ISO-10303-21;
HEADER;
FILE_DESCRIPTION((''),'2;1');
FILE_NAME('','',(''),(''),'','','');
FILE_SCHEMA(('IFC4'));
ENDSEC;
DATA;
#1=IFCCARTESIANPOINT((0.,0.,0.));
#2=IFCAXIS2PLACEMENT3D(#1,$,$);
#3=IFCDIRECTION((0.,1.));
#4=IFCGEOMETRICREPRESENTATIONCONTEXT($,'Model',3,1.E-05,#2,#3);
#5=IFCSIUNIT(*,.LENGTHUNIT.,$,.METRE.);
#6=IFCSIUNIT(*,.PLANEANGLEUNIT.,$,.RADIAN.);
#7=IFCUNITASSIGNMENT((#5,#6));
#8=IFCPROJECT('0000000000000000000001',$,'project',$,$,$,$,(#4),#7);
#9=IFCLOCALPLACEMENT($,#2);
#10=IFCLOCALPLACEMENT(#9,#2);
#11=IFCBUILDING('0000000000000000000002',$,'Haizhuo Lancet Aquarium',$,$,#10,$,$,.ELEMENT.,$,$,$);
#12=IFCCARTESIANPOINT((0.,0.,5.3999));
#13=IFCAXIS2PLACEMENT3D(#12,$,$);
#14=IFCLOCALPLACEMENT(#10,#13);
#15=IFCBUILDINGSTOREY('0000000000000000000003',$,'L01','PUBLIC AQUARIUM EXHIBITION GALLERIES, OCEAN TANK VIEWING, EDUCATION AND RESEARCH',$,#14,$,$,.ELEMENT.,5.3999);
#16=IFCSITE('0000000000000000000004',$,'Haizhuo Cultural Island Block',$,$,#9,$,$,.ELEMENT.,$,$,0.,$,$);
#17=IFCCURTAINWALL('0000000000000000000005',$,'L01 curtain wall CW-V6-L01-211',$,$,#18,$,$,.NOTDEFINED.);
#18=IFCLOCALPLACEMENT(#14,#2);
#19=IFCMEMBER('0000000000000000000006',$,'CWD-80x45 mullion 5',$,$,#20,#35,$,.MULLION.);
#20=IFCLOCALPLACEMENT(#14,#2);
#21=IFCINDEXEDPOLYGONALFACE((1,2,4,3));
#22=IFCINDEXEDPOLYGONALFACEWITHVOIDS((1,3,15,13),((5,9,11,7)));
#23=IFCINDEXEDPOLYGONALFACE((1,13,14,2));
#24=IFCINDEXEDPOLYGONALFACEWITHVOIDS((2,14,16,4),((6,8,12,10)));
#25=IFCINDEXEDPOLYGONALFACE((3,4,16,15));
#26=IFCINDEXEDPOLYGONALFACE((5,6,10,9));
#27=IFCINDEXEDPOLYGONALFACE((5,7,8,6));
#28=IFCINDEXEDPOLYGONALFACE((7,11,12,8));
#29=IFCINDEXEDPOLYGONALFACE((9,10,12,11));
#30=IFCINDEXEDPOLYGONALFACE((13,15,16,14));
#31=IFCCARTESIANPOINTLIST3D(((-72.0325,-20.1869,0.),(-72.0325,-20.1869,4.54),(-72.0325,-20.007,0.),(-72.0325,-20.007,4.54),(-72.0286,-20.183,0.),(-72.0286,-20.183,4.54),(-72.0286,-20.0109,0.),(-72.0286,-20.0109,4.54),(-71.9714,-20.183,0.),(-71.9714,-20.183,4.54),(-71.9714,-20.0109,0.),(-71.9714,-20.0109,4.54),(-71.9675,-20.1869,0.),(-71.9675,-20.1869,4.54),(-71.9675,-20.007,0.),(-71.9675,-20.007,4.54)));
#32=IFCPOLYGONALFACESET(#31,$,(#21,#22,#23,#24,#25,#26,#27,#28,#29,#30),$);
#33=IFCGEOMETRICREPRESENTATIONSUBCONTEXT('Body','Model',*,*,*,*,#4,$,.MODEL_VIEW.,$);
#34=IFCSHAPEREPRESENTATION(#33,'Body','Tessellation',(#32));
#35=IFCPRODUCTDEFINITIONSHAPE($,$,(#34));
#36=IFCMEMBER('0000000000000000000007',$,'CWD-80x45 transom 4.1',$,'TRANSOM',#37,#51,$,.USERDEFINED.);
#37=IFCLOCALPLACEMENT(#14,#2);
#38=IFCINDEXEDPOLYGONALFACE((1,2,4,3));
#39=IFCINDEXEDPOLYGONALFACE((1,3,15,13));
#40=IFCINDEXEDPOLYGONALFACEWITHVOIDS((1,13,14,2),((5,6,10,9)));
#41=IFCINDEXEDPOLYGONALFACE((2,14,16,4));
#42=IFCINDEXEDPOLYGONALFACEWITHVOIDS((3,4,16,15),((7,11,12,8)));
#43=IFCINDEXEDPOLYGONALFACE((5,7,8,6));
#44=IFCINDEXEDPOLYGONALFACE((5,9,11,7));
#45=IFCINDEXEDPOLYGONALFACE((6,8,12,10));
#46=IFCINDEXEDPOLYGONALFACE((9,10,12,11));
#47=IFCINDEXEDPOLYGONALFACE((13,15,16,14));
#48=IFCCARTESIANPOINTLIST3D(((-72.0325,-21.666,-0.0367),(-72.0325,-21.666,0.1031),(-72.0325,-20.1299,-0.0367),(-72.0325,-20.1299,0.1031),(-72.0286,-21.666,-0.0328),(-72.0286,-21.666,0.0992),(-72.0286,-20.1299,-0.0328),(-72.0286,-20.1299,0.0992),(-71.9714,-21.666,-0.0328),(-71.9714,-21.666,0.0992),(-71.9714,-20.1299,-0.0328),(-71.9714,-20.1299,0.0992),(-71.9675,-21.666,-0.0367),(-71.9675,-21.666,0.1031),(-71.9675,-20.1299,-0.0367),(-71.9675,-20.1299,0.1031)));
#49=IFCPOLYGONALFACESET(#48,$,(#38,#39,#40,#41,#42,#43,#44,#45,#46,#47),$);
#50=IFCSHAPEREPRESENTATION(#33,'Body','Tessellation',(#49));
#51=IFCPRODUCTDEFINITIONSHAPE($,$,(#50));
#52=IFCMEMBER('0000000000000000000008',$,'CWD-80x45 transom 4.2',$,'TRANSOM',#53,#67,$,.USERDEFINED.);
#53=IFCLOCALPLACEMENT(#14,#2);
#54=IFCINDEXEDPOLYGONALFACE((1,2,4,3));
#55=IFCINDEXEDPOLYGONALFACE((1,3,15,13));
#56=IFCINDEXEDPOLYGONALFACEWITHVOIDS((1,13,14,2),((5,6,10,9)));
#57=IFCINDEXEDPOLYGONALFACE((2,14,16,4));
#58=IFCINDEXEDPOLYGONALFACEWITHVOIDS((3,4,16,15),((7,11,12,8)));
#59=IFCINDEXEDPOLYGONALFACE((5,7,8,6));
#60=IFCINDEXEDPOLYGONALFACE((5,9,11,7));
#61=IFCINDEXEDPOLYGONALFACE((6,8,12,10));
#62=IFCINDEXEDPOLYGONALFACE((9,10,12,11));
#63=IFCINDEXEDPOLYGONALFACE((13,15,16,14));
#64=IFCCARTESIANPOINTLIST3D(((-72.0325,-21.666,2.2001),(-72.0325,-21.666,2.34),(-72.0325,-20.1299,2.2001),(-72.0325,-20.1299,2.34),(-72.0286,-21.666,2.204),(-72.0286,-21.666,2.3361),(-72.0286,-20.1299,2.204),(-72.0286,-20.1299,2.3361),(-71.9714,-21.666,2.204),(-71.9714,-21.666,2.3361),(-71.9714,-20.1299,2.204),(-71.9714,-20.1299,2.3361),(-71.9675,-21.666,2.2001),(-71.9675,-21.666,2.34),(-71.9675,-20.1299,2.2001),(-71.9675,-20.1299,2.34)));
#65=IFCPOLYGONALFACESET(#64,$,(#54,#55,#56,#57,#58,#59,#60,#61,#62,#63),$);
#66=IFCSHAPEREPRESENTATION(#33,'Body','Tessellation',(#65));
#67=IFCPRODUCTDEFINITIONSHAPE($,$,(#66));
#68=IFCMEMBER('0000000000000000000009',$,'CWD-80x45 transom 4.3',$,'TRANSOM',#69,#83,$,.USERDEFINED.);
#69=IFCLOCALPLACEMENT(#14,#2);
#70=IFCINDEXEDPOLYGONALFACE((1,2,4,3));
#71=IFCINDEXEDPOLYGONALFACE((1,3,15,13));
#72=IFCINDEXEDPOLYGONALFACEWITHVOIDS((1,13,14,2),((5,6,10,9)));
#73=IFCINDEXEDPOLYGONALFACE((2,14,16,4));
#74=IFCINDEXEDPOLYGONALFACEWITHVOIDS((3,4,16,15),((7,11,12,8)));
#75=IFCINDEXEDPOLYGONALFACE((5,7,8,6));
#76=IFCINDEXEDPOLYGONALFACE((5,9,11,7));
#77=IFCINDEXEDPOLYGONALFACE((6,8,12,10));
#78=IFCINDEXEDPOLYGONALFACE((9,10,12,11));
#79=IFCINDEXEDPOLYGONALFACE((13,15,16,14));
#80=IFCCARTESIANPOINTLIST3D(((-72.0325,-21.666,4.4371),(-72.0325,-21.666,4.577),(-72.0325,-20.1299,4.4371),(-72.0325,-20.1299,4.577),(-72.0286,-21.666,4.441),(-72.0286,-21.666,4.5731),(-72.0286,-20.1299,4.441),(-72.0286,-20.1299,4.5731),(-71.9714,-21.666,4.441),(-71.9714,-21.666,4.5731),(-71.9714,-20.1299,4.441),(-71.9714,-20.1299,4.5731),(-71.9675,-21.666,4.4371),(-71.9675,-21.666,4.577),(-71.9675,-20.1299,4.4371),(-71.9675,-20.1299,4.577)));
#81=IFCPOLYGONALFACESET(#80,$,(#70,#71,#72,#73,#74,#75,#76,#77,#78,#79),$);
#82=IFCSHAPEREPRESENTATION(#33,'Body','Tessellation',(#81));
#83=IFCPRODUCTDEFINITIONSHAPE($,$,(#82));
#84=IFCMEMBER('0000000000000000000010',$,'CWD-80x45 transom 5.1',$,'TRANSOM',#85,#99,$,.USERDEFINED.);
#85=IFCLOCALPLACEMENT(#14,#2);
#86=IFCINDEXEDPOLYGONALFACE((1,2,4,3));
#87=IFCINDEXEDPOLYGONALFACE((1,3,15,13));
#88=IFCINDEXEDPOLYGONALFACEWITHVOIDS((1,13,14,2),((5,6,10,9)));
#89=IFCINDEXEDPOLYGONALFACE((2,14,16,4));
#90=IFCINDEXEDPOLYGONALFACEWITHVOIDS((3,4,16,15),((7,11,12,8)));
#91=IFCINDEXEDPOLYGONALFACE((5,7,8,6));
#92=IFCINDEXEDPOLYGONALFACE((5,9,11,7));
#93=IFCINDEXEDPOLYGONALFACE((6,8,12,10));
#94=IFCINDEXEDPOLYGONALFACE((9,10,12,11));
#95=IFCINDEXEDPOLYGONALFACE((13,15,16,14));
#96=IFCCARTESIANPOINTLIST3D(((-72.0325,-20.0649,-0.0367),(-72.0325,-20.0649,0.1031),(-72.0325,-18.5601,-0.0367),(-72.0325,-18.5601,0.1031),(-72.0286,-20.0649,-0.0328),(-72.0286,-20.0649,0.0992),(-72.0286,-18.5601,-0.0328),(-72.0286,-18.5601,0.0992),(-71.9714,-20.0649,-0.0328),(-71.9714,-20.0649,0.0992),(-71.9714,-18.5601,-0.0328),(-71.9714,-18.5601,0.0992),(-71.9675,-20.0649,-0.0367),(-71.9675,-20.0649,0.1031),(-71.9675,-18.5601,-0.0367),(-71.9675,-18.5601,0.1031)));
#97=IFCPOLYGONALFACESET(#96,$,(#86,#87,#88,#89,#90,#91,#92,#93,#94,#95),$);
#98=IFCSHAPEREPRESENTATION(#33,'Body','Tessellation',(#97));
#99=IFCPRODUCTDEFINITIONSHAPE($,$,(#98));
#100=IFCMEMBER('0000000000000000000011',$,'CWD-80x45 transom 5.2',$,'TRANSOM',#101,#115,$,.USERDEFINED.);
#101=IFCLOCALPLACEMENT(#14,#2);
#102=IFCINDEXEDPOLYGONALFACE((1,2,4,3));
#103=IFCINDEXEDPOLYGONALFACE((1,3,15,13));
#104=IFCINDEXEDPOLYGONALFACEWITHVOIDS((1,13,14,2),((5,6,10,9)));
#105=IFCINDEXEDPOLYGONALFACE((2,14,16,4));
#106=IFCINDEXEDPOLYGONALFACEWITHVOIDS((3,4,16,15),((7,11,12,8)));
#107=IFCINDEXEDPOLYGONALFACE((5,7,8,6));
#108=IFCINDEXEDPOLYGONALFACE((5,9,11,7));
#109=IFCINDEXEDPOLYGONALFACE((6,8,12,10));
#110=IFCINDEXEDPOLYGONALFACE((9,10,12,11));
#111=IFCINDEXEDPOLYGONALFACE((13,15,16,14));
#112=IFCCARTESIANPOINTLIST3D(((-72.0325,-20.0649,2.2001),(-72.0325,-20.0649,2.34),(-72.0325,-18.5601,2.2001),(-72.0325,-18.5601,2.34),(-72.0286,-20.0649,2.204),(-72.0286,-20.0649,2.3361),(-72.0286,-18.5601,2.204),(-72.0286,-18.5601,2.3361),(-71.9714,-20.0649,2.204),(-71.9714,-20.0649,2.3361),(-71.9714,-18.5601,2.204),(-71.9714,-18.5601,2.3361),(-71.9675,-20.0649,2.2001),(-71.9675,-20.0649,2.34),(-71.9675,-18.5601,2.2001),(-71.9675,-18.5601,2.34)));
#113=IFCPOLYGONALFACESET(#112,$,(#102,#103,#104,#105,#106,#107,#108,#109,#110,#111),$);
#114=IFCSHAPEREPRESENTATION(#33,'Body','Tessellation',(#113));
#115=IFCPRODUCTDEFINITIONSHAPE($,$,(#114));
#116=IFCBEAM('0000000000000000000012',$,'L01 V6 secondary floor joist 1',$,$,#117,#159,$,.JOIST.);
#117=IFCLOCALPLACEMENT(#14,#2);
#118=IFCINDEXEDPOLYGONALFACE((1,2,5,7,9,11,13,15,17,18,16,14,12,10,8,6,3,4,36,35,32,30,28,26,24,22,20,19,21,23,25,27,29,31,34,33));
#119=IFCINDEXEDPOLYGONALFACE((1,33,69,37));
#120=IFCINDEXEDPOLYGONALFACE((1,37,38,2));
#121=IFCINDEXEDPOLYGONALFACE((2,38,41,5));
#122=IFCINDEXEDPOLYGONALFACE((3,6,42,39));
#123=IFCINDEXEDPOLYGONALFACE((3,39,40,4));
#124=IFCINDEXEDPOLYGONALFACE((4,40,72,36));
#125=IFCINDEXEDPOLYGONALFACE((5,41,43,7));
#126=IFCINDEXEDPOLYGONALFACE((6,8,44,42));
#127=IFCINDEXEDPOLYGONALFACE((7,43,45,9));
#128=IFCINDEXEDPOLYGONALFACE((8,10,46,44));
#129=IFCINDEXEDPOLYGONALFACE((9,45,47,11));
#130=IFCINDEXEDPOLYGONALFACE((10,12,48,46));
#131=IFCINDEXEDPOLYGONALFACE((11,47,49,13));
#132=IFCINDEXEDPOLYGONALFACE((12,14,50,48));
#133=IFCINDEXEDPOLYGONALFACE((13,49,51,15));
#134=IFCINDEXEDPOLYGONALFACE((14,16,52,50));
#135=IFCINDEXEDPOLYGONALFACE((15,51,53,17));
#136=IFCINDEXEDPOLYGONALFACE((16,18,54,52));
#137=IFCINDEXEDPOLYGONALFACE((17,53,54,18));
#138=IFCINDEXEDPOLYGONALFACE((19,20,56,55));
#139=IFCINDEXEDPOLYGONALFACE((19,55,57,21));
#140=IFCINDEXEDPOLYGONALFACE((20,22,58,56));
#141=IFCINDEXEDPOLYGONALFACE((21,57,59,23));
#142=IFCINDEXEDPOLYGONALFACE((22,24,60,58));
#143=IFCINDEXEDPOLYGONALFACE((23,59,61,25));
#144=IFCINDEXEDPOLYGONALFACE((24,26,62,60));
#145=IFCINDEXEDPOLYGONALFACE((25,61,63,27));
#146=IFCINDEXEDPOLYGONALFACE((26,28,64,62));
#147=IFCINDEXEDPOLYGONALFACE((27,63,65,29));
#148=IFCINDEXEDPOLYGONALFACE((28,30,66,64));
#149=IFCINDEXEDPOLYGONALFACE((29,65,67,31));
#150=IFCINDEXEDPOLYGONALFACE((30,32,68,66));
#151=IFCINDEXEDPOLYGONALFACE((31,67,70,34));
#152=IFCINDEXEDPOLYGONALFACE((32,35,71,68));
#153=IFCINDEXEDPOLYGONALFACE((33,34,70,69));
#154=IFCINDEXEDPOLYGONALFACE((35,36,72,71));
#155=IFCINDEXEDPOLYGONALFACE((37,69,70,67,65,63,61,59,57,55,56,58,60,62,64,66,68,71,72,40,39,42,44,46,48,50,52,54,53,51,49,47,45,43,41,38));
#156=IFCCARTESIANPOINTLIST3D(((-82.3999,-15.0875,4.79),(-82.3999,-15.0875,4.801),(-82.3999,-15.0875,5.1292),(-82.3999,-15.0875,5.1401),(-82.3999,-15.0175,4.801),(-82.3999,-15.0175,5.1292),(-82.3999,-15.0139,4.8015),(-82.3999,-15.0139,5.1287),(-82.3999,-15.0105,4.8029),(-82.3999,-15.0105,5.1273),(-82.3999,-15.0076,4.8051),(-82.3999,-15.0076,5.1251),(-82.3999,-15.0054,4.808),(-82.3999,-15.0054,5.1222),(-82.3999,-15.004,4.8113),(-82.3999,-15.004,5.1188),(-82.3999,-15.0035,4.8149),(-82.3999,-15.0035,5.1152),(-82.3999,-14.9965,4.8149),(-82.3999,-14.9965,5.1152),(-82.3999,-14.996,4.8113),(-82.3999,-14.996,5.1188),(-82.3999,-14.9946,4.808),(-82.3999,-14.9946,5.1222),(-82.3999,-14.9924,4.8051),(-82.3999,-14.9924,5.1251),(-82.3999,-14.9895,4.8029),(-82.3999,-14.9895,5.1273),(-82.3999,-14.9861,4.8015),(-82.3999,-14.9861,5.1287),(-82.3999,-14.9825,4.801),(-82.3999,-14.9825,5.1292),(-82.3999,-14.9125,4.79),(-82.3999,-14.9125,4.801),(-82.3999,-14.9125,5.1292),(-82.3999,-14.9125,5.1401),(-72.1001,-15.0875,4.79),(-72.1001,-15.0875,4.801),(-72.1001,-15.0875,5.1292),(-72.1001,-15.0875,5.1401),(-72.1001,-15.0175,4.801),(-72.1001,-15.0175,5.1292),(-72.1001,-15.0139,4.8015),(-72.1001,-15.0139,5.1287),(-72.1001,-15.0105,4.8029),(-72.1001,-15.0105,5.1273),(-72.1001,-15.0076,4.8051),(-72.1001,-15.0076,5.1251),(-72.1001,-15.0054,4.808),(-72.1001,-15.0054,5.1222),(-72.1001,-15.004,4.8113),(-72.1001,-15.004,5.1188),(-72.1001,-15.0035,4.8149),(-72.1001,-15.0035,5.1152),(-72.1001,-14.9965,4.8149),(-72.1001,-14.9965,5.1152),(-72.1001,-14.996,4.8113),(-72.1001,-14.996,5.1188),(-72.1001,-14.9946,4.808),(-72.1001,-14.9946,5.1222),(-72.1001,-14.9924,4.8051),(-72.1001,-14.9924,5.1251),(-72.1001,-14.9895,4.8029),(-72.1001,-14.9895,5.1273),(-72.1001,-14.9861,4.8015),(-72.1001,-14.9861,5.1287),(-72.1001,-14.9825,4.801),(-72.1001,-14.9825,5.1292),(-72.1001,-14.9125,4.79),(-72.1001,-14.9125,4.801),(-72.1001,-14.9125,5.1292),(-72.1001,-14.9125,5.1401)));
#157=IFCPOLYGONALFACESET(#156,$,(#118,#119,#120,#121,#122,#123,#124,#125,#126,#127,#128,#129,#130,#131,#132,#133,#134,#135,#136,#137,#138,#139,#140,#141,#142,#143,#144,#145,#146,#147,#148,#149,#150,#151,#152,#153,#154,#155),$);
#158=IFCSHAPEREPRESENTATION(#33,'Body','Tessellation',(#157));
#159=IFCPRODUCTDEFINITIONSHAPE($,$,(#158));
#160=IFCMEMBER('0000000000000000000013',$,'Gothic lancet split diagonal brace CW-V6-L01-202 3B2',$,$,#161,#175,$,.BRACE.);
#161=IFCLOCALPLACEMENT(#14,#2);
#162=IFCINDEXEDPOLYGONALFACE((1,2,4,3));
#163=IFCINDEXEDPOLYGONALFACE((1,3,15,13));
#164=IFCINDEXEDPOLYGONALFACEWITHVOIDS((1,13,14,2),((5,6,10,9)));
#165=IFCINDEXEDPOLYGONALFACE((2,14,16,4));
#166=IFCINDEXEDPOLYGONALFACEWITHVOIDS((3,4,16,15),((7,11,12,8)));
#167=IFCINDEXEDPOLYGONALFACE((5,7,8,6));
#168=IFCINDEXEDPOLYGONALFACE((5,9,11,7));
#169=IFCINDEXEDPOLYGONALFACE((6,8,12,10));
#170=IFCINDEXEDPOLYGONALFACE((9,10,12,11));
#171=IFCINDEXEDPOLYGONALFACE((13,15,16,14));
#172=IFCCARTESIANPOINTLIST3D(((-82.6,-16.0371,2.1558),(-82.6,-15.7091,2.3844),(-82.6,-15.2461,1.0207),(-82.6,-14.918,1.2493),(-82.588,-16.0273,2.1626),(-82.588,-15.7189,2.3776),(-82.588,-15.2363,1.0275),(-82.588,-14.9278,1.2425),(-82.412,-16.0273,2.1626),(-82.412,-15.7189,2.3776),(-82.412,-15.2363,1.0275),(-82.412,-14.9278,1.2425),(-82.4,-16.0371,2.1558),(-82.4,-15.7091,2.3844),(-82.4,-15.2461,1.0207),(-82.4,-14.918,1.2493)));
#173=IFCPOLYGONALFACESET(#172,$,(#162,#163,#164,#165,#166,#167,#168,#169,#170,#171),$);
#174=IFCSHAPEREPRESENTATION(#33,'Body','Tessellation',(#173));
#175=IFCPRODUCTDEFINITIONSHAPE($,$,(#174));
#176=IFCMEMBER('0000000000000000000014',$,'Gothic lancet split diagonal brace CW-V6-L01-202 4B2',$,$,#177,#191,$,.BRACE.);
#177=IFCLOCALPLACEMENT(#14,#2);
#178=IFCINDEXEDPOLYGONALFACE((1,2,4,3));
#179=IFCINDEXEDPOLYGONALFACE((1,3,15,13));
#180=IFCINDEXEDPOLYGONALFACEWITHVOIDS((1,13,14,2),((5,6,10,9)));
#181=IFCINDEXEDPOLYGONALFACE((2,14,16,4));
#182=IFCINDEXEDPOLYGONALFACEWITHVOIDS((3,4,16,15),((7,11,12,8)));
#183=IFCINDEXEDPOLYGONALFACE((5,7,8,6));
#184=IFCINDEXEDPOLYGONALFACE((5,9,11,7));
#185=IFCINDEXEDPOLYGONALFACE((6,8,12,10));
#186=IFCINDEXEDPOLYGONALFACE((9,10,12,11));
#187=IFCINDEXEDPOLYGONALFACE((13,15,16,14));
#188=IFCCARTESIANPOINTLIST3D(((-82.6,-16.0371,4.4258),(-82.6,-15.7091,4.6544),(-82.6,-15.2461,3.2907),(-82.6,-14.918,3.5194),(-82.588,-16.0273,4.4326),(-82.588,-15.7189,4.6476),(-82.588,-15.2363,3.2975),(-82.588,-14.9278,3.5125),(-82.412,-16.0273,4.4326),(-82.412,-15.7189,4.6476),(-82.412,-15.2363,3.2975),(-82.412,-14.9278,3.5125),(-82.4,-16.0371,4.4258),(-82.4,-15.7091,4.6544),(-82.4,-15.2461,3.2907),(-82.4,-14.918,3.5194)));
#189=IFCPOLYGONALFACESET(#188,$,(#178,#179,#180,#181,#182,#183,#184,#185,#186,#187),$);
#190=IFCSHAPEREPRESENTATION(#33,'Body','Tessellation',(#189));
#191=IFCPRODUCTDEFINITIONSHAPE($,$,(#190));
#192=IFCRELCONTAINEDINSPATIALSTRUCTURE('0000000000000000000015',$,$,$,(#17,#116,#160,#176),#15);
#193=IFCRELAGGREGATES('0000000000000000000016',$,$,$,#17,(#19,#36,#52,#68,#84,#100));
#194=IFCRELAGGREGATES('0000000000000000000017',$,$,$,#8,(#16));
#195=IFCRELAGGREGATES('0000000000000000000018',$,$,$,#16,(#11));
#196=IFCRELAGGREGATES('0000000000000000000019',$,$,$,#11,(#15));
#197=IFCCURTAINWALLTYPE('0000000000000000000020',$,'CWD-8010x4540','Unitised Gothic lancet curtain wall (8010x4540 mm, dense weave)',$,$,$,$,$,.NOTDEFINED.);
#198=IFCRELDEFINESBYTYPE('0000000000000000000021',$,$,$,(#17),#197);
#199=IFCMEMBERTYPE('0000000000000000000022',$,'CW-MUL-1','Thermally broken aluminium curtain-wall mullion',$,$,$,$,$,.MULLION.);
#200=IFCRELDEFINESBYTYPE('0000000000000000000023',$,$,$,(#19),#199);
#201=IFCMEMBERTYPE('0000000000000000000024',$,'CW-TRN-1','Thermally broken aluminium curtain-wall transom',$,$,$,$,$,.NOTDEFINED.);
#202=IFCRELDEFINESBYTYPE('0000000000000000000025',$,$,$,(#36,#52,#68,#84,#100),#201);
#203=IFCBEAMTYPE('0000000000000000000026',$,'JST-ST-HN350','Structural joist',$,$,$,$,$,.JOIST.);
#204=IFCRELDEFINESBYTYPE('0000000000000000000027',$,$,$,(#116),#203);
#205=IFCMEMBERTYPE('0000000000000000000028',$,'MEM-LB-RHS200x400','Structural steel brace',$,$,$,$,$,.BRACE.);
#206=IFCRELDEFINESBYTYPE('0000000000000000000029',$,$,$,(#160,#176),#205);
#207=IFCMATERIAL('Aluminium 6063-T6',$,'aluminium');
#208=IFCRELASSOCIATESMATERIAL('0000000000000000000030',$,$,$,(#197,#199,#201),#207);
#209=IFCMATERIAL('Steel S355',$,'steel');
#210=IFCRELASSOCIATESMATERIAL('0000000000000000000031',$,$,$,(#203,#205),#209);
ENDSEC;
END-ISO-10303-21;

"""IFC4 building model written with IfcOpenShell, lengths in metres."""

from ifc_helpers import new_model, si_unit, direction, frame, origin, origin_2d, place, context, subcontext, project, spatial, hollow_rectangle, i_section, extrude, material, material_profile, profile_set, type_object, element, aggregate, save


model = new_model("IFC4")

# Units and contexts
model_context = context("Model", 3, precision=1e-05, world=origin(), true_north=direction((0.0, 1.0)))
body_context = subcontext(model_context, "Body", "Model", "MODEL_VIEW")
ifc_project = project(units=[si_unit("LENGTHUNIT", "METRE"), si_unit("PLANEANGLEUNIT", "RADIAN")], contexts=[model_context])

# Site, building, storey
site_placement = place(None, origin())
site = spatial("IfcSite", under=ifc_project, at=site_placement, Name="Haizhuo Cultural Island Block", CompositionType="ELEMENT", RefElevation=0.0)
building_placement = place(site_placement, origin())
building = spatial("IfcBuilding", under=site, at=building_placement, Name="Haizhuo Lancet Aquarium", CompositionType="ELEMENT")
storey_placement = place(building_placement, frame((0.0, 0.0, 5.3999)))
storey = spatial("IfcBuildingStorey", under=building, at=storey_placement, Name="L01", Description="PUBLIC AQUARIUM EXHIBITION GALLERIES, OCEAN TANK VIEWING, EDUCATION AND RESEARCH", CompositionType="ELEMENT", Elevation=5.3999)

# Curtain wall, members
ifc_material_1 = material(Name="Aluminium 6063-T6", Category="aluminium")
curtain_wall_type_1 = type_object("IfcCurtainWallType", Name="CWD-8010x4540", Description="Unitised Gothic lancet curtain wall (8010x4540 mm, dense weave)", PredefinedType="NOTDEFINED", material=ifc_material_1)
curtain_wall_1_placement = place(storey_placement, origin())
curtain_wall_1 = element("IfcCurtainWall", 1, at=curtain_wall_1_placement, inside=storey, type_object=curtain_wall_type_1, Name="L01 curtain wall CW-V6-L01-211", PredefinedType="NOTDEFINED")
ifc_material_profile_1 = material_profile(ifc_material_1, hollow_rectangle(XDim=0.0649, YDim=0.1799, WallThickness=0.0039, at=origin_2d()), Name="ALU-M 65x180x4")
ifc_profile_set_1 = profile_set([ifc_material_profile_1], Name="Aluminium 6063-T6")
member_type_1 = type_object("IfcMemberType", Name="CW-MUL-1", Description="Thermally broken aluminium curtain-wall mullion", PredefinedType="MULLION", material=ifc_profile_set_1)
member_1_placement = place(storey_placement, frame((-72.0, -20.0969, 0.0), z_axis=(0.0, 0.0, 1.0), x_axis=(-1.0, 0.0, 0.0)))
member_1 = element("IfcMember", 2, at=member_1_placement, type_object=member_type_1, Name="CWD-80x45 mullion 5", PredefinedType="MULLION", context=body_context, shape_type="SweptSolid", body=[
    extrude(hollow_rectangle(XDim=0.0649, YDim=0.1799, WallThickness=0.0039, at=origin_2d()), origin(), (0.0, 0.0, 1.0), 4.54),
])
ifc_material_profile_2 = material_profile(ifc_material_1, hollow_rectangle(XDim=0.0649, YDim=0.1399, WallThickness=0.0039, at=origin_2d()), Name="ALU-T 65x140x4")
ifc_profile_set_2 = profile_set([ifc_material_profile_2], Name="Aluminium 6063-T6")
member_type_2 = type_object("IfcMemberType", Name="CW-TRN-1", Description="Thermally broken aluminium curtain-wall transom", PredefinedType="NOTDEFINED", material=ifc_profile_set_2)
member_2_placement = place(storey_placement, frame((-72.0, -21.666, 0.0332), z_axis=(0.0, 1.0, 0.0), x_axis=(-1.0, 0.0, 0.0)))
member_2 = element("IfcMember", 3, at=member_2_placement, type_object=member_type_2, Name="CWD-80x45 transom 4.1", ObjectType="TRANSOM", PredefinedType="USERDEFINED", context=body_context, shape_type="SweptSolid", body=[
    extrude(hollow_rectangle(XDim=0.0649, YDim=0.1399, WallThickness=0.0039, at=origin_2d()), origin(), (0.0, 0.0, 1.0), 1.5361),
])
member_3_placement = place(storey_placement, frame((-72.0, -21.666, 2.27), z_axis=(0.0, 1.0, 0.0), x_axis=(-1.0, 0.0, 0.0)))
member_3 = element("IfcMember", 4, at=member_3_placement, type_object=member_type_2, Name="CWD-80x45 transom 4.2", ObjectType="TRANSOM", PredefinedType="USERDEFINED", context=body_context, shape_type="SweptSolid", body=[
    extrude(hollow_rectangle(XDim=0.0649, YDim=0.1399, WallThickness=0.0039, at=origin_2d()), origin(), (0.0, 0.0, 1.0), 1.5361),
])
member_4_placement = place(storey_placement, frame((-72.0, -21.666, 4.5071), z_axis=(0.0, 1.0, 0.0), x_axis=(-1.0, 0.0, 0.0)))
member_4 = element("IfcMember", 5, at=member_4_placement, type_object=member_type_2, Name="CWD-80x45 transom 4.3", ObjectType="TRANSOM", PredefinedType="USERDEFINED", context=body_context, shape_type="SweptSolid", body=[
    extrude(hollow_rectangle(XDim=0.0649, YDim=0.1399, WallThickness=0.0039, at=origin_2d()), origin(), (0.0, 0.0, 1.0), 1.5361),
])
member_5_placement = place(storey_placement, frame((-72.0, -20.0649, 0.0332), z_axis=(0.0, 1.0, 0.0), x_axis=(-1.0, 0.0, 0.0)))
member_5 = element("IfcMember", 6, at=member_5_placement, type_object=member_type_2, Name="CWD-80x45 transom 5.1", ObjectType="TRANSOM", PredefinedType="USERDEFINED", context=body_context, shape_type="SweptSolid", body=[
    extrude(hollow_rectangle(XDim=0.0649, YDim=0.1399, WallThickness=0.0039, at=origin_2d()), origin(), (0.0, 0.0, 1.0), 1.5049),
])
member_6_placement = place(storey_placement, frame((-72.0, -20.0649, 2.27), z_axis=(0.0, 1.0, 0.0), x_axis=(-1.0, 0.0, 0.0)))
member_6 = element("IfcMember", 7, at=member_6_placement, type_object=member_type_2, Name="CWD-80x45 transom 5.2", ObjectType="TRANSOM", PredefinedType="USERDEFINED", context=body_context, shape_type="SweptSolid", body=[
    extrude(hollow_rectangle(XDim=0.0649, YDim=0.1399, WallThickness=0.0039, at=origin_2d()), origin(), (0.0, 0.0, 1.0), 1.5049),
])

# Beam
ifc_material_2 = material(Name="Steel S355", Category="steel")
ifc_material_profile_3 = material_profile(ifc_material_2, i_section(OverallWidth=0.175, OverallDepth=0.3501, WebThickness=0.0071, FlangeThickness=0.011, FilletRadius=0.0139, at=origin_2d()), Name="HN 350x175x7x11")
ifc_profile_set_3 = profile_set([ifc_material_profile_3], Name="Steel S355")
beam_type = type_object("IfcBeamType", Name="JST-ST-HN350", Description="Structural joist", PredefinedType="JOIST", material=ifc_profile_set_3)
beam_placement = place(storey_placement, frame((-82.3999, -15.0, 4.9651), z_axis=(1.0, 0.0, 0.0), x_axis=(0.0, 1.0, 0.0)))
element("IfcBeam", 8, at=beam_placement, inside=storey, type_object=beam_type, Name="L01 V6 secondary floor joist 1", PredefinedType="JOIST", context=body_context, shape_type="SweptSolid", body=[
    extrude(i_section(OverallWidth=0.175, OverallDepth=0.3501, WebThickness=0.0071, FlangeThickness=0.011, FilletRadius=0.0139, at=origin_2d()), origin(), (0.0, 0.0, 1.0), 10.2998),
])

# Members
ifc_material_profile_4 = material_profile(ifc_material_2, hollow_rectangle(XDim=0.2, YDim=0.3999, WallThickness=0.012, at=origin_2d()), Name="RHS 200x400x12")
ifc_profile_set_4 = profile_set([ifc_material_profile_4], Name="Steel S355")
member_type_3 = type_object("IfcMemberType", Name="MEM-LB-RHS200x400", Description="Structural steel brace", PredefinedType="BRACE", material=ifc_profile_set_4)
for number, where, z_axis, x_axis, name in (
    (9, (-82.5, -15.082, 1.135), (0.0, -0.571767, 0.820416), (1.0, 0.0, 0.0), "Gothic lancet split diagonal brace CW-V6-L01-202 3B2"),
    (10, (-82.5, -15.082, 3.405), (0.0, -0.571767, 0.820416), (1.0, 0.0, 0.0), "Gothic lancet split diagonal brace CW-V6-L01-202 4B2"),
):
    element("IfcMember", number, at=place(storey_placement, frame(where, z_axis=z_axis, x_axis=x_axis)), inside=storey, type_object=member_type_3, Name=name, PredefinedType="BRACE", context=body_context, shape_type="SweptSolid", body=[
        extrude(hollow_rectangle(XDim=0.2, YDim=0.3999, WallThickness=0.012, at=origin_2d()), origin(), (0.0, 0.0, 1.0), 1.3835),
    ])

aggregate(curtain_wall_1, [member_1, member_2, member_3, member_4, member_5, member_6])

save(model, "model.ifc")
